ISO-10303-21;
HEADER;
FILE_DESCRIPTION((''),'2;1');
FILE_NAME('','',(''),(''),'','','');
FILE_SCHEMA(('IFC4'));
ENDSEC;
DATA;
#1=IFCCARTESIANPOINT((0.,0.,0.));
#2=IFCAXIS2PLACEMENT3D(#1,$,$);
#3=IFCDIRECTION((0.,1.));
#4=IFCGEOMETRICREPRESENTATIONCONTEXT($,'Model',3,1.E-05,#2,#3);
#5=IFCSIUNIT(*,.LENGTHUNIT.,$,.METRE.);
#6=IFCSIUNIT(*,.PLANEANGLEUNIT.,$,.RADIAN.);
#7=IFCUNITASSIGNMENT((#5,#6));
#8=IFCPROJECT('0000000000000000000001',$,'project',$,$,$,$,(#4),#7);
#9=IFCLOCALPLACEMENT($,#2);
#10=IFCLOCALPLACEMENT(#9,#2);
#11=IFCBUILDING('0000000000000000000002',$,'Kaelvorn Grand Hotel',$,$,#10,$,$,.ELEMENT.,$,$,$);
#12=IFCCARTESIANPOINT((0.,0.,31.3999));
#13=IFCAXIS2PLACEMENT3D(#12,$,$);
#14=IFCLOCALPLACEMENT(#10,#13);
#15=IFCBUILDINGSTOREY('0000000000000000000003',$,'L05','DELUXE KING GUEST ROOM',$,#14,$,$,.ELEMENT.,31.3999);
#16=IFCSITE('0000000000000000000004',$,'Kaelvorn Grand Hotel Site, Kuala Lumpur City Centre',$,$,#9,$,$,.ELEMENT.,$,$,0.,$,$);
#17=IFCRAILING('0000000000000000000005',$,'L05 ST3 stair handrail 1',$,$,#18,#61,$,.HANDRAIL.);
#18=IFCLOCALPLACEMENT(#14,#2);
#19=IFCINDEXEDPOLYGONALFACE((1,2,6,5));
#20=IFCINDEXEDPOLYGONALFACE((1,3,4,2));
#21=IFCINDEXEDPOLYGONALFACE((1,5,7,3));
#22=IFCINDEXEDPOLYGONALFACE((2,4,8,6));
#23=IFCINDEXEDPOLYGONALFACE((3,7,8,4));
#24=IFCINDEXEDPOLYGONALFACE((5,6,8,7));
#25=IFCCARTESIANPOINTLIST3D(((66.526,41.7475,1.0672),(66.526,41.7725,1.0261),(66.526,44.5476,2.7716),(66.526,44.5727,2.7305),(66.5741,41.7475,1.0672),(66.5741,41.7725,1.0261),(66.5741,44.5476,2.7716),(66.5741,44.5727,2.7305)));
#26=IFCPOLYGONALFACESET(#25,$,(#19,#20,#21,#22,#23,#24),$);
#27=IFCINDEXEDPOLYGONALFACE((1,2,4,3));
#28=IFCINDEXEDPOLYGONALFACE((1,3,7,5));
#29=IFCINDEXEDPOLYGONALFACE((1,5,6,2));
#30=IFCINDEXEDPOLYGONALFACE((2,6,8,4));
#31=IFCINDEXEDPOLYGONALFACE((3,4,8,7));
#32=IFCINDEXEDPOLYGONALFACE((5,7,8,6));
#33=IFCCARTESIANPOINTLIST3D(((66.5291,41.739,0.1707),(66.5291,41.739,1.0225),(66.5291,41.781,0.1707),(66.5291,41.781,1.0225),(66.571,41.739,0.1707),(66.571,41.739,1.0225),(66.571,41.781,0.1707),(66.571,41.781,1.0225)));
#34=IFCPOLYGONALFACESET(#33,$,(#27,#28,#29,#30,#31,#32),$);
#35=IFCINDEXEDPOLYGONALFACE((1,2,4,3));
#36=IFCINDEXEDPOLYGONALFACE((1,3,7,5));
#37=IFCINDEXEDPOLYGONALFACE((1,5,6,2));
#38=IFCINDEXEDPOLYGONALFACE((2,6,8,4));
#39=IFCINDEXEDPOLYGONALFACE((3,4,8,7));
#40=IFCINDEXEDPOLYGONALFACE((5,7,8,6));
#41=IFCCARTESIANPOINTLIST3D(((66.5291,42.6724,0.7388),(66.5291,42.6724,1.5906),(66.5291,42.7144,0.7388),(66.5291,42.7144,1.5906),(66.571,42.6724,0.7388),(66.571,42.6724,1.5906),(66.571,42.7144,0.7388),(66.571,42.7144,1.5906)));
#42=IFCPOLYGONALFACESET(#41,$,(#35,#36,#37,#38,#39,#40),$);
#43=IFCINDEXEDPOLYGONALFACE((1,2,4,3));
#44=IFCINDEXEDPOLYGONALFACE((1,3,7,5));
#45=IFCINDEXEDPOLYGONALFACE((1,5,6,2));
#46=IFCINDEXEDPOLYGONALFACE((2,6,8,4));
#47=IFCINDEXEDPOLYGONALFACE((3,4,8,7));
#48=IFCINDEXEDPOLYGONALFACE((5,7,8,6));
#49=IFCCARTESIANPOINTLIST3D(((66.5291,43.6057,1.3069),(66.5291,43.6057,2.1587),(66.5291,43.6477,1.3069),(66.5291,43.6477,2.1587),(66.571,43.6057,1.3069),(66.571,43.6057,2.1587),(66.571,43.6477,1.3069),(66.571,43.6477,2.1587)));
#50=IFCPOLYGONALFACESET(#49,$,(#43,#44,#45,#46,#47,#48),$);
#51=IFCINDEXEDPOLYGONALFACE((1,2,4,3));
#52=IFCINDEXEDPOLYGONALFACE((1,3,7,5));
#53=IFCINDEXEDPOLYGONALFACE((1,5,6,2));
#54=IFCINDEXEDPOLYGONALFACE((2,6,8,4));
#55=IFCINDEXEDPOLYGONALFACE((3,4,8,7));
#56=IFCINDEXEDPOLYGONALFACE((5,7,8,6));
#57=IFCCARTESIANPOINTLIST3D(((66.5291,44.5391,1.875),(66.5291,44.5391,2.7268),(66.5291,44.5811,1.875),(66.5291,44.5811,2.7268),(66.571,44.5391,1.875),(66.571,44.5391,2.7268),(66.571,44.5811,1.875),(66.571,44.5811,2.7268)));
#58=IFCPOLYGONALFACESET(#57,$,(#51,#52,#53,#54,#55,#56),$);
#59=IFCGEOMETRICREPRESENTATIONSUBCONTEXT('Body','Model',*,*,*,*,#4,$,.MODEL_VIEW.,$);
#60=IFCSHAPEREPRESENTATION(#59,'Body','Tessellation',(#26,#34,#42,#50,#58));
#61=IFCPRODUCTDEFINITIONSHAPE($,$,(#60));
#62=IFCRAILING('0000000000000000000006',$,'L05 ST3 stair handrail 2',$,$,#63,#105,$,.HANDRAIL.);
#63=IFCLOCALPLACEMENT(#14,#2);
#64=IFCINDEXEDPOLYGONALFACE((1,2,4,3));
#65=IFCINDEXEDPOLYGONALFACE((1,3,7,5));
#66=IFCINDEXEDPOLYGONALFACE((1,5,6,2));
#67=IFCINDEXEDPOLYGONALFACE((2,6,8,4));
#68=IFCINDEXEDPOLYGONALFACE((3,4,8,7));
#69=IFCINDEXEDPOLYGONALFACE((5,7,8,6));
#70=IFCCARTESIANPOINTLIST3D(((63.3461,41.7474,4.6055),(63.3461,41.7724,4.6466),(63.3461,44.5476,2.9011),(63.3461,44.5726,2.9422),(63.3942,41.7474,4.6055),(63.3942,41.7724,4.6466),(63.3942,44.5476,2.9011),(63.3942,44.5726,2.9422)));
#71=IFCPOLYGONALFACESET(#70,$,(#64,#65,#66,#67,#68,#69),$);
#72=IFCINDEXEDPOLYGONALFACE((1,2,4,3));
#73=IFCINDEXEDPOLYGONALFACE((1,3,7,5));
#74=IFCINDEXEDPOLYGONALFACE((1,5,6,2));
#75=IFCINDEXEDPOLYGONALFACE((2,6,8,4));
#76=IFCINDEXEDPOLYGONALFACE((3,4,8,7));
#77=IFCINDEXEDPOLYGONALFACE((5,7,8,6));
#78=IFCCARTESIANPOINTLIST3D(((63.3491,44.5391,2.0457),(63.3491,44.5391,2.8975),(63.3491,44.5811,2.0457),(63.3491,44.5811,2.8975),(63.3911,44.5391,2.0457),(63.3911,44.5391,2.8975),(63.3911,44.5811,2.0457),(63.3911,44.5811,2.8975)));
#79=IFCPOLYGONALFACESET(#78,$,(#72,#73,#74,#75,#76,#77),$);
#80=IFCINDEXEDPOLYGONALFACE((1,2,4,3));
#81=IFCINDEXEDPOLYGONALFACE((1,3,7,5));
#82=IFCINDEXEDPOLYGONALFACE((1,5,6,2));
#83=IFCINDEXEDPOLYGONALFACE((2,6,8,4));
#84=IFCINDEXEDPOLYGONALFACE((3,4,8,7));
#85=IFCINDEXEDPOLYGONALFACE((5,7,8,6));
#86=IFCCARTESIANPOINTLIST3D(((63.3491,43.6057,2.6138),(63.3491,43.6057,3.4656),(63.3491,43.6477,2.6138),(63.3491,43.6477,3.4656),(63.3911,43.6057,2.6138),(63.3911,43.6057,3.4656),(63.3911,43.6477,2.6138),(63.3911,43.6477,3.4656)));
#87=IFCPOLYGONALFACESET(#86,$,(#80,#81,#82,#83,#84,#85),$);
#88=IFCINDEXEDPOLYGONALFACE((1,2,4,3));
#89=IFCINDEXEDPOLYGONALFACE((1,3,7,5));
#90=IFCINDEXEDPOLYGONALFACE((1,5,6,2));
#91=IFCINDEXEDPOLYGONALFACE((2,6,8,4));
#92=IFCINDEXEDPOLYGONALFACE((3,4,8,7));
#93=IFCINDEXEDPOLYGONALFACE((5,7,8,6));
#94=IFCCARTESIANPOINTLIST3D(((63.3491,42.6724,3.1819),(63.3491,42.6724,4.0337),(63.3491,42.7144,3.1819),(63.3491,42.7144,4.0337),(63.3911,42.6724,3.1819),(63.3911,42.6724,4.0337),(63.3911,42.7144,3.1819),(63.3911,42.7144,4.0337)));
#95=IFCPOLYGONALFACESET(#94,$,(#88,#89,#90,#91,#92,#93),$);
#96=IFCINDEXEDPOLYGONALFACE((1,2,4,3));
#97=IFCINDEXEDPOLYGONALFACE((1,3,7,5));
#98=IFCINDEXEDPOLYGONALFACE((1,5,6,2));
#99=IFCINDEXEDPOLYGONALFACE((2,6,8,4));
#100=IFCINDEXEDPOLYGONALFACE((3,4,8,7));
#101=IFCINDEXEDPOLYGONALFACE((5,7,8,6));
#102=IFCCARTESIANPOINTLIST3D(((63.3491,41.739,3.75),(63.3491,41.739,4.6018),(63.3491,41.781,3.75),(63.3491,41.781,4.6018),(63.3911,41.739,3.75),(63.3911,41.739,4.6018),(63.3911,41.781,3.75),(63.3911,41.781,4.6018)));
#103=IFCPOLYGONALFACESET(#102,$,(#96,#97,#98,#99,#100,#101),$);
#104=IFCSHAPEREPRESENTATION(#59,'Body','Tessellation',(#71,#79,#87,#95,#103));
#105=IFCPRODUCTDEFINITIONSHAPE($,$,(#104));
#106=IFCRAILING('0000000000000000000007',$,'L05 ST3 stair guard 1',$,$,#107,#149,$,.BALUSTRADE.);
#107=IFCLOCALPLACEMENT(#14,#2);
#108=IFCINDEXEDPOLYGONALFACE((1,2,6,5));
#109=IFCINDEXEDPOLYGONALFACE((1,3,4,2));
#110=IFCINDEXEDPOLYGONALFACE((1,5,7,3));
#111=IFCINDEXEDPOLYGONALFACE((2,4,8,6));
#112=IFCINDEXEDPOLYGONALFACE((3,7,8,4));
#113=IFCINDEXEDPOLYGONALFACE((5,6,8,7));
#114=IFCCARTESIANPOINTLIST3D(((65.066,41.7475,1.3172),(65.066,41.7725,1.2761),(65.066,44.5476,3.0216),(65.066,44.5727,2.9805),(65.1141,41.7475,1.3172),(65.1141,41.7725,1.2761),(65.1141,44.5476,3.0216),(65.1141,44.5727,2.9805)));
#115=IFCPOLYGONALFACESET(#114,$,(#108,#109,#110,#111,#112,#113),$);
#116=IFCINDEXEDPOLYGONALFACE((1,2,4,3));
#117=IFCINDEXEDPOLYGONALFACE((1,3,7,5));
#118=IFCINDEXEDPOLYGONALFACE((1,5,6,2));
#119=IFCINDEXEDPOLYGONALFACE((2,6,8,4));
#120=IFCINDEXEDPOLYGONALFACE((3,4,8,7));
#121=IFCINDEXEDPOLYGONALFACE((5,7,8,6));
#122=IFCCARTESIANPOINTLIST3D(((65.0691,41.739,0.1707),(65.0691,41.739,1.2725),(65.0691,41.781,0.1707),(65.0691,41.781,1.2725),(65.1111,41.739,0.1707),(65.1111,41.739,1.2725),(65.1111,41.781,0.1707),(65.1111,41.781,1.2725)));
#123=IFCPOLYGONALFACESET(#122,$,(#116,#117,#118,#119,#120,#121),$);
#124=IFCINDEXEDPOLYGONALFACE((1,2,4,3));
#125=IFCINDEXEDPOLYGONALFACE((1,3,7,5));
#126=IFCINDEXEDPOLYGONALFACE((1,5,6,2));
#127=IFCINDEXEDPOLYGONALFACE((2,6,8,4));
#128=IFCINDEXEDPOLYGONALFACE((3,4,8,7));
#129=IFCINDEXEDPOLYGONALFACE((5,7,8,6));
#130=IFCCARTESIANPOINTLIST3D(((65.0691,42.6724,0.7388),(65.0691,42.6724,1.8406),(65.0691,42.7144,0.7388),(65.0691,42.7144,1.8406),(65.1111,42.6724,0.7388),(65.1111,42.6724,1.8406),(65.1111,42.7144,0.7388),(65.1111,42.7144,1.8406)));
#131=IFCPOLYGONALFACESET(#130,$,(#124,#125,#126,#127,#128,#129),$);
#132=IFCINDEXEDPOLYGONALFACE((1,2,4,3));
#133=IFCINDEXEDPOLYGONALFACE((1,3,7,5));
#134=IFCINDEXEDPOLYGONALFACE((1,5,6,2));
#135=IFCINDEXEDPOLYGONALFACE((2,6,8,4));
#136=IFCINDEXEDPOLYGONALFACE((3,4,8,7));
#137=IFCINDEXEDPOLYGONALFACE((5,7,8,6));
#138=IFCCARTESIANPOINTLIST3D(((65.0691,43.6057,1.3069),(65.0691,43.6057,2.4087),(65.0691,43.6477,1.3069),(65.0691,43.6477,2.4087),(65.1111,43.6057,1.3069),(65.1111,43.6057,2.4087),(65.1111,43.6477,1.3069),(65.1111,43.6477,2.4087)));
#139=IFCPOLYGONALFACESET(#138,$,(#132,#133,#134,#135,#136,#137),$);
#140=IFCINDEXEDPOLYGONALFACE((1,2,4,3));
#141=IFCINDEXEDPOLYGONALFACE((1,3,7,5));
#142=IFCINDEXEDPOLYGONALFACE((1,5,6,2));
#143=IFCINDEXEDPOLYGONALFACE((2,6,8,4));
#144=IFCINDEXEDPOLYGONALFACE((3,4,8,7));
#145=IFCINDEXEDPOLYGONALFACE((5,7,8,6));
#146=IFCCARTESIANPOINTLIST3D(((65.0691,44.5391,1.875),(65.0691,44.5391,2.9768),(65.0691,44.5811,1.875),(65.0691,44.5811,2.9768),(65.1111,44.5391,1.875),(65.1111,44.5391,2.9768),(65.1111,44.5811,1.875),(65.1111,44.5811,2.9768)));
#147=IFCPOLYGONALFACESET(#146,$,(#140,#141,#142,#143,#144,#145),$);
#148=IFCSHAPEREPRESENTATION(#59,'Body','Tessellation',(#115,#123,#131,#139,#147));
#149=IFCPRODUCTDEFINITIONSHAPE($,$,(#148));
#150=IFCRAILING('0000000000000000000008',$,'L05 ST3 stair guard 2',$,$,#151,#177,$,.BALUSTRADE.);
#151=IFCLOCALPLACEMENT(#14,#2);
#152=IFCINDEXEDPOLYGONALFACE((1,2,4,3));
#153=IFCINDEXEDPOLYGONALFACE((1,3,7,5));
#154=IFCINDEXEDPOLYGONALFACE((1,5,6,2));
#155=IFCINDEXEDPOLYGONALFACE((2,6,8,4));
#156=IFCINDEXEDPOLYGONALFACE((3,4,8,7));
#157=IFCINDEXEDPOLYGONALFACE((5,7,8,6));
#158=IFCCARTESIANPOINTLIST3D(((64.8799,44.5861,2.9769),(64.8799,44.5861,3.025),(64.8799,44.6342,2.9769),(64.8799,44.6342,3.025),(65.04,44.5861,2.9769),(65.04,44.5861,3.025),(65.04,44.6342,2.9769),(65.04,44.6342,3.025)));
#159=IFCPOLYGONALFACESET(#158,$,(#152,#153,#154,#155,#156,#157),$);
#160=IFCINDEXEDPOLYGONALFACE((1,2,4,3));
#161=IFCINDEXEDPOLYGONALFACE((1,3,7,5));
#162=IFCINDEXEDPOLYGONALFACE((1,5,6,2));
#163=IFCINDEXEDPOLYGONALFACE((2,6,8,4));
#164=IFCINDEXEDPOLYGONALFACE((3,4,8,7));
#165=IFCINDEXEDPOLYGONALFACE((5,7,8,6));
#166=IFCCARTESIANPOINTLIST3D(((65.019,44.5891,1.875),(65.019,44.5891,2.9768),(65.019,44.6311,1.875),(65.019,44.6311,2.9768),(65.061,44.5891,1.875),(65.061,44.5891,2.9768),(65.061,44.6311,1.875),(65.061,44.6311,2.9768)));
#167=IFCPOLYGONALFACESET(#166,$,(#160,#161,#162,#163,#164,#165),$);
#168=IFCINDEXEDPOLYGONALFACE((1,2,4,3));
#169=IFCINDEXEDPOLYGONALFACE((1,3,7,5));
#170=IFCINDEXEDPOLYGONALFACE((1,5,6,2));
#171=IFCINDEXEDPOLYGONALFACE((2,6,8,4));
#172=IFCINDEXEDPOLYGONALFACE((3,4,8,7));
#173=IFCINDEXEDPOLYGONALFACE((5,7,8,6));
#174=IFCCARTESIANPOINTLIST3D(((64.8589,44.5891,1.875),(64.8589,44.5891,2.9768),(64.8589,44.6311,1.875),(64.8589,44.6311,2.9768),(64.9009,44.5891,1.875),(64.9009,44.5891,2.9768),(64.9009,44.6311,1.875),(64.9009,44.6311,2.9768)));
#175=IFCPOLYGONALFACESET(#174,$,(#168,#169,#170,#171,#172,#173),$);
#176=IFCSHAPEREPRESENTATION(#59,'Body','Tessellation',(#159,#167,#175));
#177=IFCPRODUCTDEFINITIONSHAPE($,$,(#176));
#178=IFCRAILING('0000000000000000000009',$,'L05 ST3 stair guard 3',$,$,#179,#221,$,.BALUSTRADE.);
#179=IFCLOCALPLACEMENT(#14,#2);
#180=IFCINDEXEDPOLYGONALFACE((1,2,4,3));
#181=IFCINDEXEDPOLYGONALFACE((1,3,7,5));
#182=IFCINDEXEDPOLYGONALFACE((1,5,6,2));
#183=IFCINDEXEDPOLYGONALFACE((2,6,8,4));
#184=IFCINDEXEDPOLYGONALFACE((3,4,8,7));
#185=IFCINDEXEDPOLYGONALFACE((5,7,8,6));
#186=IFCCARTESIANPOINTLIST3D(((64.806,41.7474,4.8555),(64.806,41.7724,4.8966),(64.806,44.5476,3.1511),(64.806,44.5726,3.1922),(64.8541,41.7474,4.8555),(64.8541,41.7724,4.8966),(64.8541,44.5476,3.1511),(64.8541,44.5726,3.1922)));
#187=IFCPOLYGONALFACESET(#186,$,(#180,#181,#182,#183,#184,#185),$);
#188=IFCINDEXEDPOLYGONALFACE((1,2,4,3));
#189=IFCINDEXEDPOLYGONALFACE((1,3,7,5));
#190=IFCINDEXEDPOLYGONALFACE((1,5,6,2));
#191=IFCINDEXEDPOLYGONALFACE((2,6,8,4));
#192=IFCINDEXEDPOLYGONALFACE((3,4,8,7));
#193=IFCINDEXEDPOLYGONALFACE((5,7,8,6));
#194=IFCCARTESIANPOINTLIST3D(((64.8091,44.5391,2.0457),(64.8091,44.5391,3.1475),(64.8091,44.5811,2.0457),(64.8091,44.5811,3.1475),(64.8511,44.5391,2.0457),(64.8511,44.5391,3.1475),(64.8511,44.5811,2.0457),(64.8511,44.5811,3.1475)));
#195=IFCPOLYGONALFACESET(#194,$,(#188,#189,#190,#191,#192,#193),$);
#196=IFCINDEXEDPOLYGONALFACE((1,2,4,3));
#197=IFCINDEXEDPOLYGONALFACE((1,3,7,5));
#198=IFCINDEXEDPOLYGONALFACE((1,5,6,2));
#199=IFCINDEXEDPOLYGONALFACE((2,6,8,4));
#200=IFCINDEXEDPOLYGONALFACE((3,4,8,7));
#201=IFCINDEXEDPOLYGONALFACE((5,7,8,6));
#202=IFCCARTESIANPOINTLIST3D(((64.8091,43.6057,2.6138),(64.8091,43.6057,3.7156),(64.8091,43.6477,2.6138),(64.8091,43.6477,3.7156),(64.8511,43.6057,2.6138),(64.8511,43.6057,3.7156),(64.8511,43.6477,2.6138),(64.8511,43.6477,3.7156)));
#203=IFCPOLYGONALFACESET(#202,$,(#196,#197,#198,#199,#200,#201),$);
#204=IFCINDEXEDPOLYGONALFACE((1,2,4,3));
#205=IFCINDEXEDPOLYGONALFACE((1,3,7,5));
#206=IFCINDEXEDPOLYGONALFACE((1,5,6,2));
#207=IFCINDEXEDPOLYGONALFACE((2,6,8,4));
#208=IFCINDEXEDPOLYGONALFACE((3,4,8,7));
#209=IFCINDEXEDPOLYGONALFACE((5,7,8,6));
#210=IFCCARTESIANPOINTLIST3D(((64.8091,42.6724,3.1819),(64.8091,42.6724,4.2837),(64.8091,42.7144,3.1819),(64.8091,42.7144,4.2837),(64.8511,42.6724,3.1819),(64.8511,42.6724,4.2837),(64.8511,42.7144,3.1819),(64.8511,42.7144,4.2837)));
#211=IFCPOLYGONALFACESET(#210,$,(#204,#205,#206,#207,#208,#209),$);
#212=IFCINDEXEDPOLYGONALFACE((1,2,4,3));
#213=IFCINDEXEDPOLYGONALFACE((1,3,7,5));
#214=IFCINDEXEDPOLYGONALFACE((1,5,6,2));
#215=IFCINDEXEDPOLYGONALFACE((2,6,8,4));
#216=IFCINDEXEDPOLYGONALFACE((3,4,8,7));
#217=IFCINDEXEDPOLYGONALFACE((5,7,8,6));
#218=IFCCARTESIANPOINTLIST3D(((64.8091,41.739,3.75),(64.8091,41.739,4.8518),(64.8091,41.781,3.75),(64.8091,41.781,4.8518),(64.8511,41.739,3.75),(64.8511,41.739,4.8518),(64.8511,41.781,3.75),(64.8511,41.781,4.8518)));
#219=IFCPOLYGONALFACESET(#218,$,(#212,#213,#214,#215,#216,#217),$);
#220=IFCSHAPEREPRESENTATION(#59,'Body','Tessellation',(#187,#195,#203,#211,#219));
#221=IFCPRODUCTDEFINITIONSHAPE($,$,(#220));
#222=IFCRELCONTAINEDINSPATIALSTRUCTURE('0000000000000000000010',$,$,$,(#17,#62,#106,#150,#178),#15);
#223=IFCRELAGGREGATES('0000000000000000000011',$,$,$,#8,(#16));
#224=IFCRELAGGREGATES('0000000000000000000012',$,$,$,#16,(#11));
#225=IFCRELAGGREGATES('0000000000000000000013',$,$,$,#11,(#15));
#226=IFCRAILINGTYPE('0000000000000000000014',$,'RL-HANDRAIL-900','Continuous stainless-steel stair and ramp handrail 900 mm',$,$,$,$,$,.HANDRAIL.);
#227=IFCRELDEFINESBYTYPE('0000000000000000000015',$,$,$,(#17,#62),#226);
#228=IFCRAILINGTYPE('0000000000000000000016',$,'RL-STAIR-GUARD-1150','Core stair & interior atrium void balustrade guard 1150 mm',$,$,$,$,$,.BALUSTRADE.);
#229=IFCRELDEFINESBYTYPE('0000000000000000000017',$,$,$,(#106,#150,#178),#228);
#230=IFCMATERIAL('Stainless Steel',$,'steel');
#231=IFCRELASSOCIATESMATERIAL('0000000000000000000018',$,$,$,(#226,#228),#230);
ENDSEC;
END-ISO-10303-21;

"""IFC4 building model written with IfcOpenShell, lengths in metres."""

from ifc_helpers import new_model, si_unit, direction, frame, origin, origin_2d, place, context, subcontext, project, spatial, rectangle, extrude, material, type_object, element, save


model = new_model("IFC4")

# Units and contexts
model_context = context("Model", 3, precision=1e-05, world=origin(), true_north=direction((0.0, 1.0)))
body_context = subcontext(model_context, "Body", "Model", "MODEL_VIEW")
ifc_project = project(units=[si_unit("LENGTHUNIT", "METRE"), si_unit("PLANEANGLEUNIT", "RADIAN")], contexts=[model_context])

# Site, building, storey
site_placement = place(None, origin())
site = spatial("IfcSite", under=ifc_project, at=site_placement, Name="Kaelvorn Grand Hotel Site, Kuala Lumpur City Centre", CompositionType="ELEMENT", RefElevation=0.0)
building_placement = place(site_placement, origin())
building = spatial("IfcBuilding", under=site, at=building_placement, Name="Kaelvorn Grand Hotel", CompositionType="ELEMENT")
storey_placement = place(building_placement, frame((0.0, 0.0, 31.3999)))
storey = spatial("IfcBuildingStorey", under=building, at=storey_placement, Name="L05", Description="DELUXE KING GUEST ROOM", CompositionType="ELEMENT", Elevation=31.3999)

# Shared definitions
ifc_material_1 = material(Name="Stainless Steel", Category="steel")

# Railings
railing_type_1 = type_object("IfcRailingType", Name="RL-HANDRAIL-900", Description="Continuous stainless-steel stair and ramp handrail 900 mm", PredefinedType="HANDRAIL", material=ifc_material_1)
railing_1_placement = place(storey_placement, frame((66.55, 41.76, 0.1707)))
element("IfcRailing", 1, at=railing_1_placement, inside=storey, type_object=railing_type_1, Name="L05 ST3 stair handrail 1", PredefinedType="HANDRAIL", context=body_context, shape_type="SweptSolid", body=[
    extrude(rectangle(XDim=0.0481, YDim=0.0481, at=origin_2d()), frame((0.0, 0.0, 0.876), z_axis=(0.0, 0.854203, 0.51994), x_axis=(-1.0, 0.0, 0.0)), (0.0, 0.0, 1.0), 3.2781),
    extrude(rectangle(XDim=0.042, YDim=0.042, at=origin_2d()), origin(), (0.0, 0.0, 1.0), 0.8518),
    extrude(rectangle(XDim=0.042, YDim=0.042, at=origin_2d()), frame((0.0, 0.9333, 0.5681)), (0.0, 0.0, 1.0), 0.8518),
    extrude(rectangle(XDim=0.042, YDim=0.042, at=origin_2d()), frame((0.0, 1.8667, 1.1362)), (0.0, 0.0, 1.0), 0.8518),
    extrude(rectangle(XDim=0.042, YDim=0.042, at=origin_2d()), frame((0.0, 2.8, 1.7043)), (0.0, 0.0, 1.0), 0.8518),
])
railing_2_placement = place(storey_placement, frame((63.3701, 44.5601, 2.0457)))
element("IfcRailing", 2, at=railing_2_placement, inside=storey, type_object=railing_type_1, Name="L05 ST3 stair handrail 2", PredefinedType="HANDRAIL", context=body_context, shape_type="SweptSolid", body=[
    extrude(rectangle(XDim=0.0481, YDim=0.0481, at=origin_2d()), frame((0.0, 0.0, 0.876), z_axis=(0.0, -0.854203, 0.51994), x_axis=(1.0, 0.0, 0.0)), (0.0, 0.0, 1.0), 3.2781),
    extrude(rectangle(XDim=0.042, YDim=0.042, at=origin_2d()), origin(), (0.0, 0.0, 1.0), 0.8518),
    extrude(rectangle(XDim=0.042, YDim=0.042, at=origin_2d()), frame((0.0, -0.9333, 0.5681)), (0.0, 0.0, 1.0), 0.8518),
    extrude(rectangle(XDim=0.042, YDim=0.042, at=origin_2d()), frame((0.0, -1.8667, 1.1362)), (0.0, 0.0, 1.0), 0.8518),
    extrude(rectangle(XDim=0.042, YDim=0.042, at=origin_2d()), frame((0.0, -2.8, 1.7043)), (0.0, 0.0, 1.0), 0.8518),
])
railing_type_2 = type_object("IfcRailingType", Name="RL-STAIR-GUARD-1150", Description="Core stair & interior atrium void balustrade guard 1150 mm", PredefinedType="BALUSTRADE", material=ifc_material_1)
railing_3_placement = place(storey_placement, frame((65.0901, 41.76, 0.1707)))
element("IfcRailing", 3, at=railing_3_placement, inside=storey, type_object=railing_type_2, Name="L05 ST3 stair guard 1", PredefinedType="BALUSTRADE", context=body_context, shape_type="SweptSolid", body=[
    extrude(rectangle(XDim=0.0481, YDim=0.0481, at=origin_2d()), frame((0.0, 0.0, 1.126), z_axis=(0.0, 0.854203, 0.51994), x_axis=(-1.0, 0.0, 0.0)), (0.0, 0.0, 1.0), 3.2781),
    extrude(rectangle(XDim=0.042, YDim=0.042, at=origin_2d()), origin(), (0.0, 0.0, 1.0), 1.1018),
    extrude(rectangle(XDim=0.042, YDim=0.042, at=origin_2d()), frame((0.0, 0.9333, 0.5681)), (0.0, 0.0, 1.0), 1.1018),
    extrude(rectangle(XDim=0.042, YDim=0.042, at=origin_2d()), frame((0.0, 1.8667, 1.1362)), (0.0, 0.0, 1.0), 1.1018),
    extrude(rectangle(XDim=0.042, YDim=0.042, at=origin_2d()), frame((0.0, 2.8, 1.7043)), (0.0, 0.0, 1.0), 1.1018),
])
railing_4_placement = place(storey_placement, frame((65.04, 44.6101, 1.875)))
element("IfcRailing", 4, at=railing_4_placement, inside=storey, type_object=railing_type_2, Name="L05 ST3 stair guard 2", PredefinedType="BALUSTRADE", context=body_context, shape_type="SweptSolid", body=[
    extrude(rectangle(XDim=0.0481, YDim=0.0481, at=origin_2d()), frame((0.0, 0.0, 1.126), z_axis=(-1.0, 0.0, 0.0), x_axis=(0.0, -1.0, 0.0)), (0.0, 0.0, 1.0), 0.1602),
    extrude(rectangle(XDim=0.042, YDim=0.042, at=origin_2d()), origin(), (0.0, 0.0, 1.0), 1.1018),
    extrude(rectangle(XDim=0.042, YDim=0.042, at=origin_2d()), frame((-0.1602, 0.0, 0.0)), (0.0, 0.0, 1.0), 1.1018),
])
railing_5_placement = place(storey_placement, frame((64.8301, 44.5601, 2.0457)))
element("IfcRailing", 5, at=railing_5_placement, inside=storey, type_object=railing_type_2, Name="L05 ST3 stair guard 3", PredefinedType="BALUSTRADE", context=body_context, shape_type="SweptSolid", body=[
    extrude(rectangle(XDim=0.0481, YDim=0.0481, at=origin_2d()), frame((0.0, 0.0, 1.126), z_axis=(0.0, -0.854203, 0.51994), x_axis=(1.0, 0.0, 0.0)), (0.0, 0.0, 1.0), 3.2781),
    extrude(rectangle(XDim=0.042, YDim=0.042, at=origin_2d()), origin(), (0.0, 0.0, 1.0), 1.1018),
    extrude(rectangle(XDim=0.042, YDim=0.042, at=origin_2d()), frame((0.0, -0.9333, 0.5681)), (0.0, 0.0, 1.0), 1.1018),
    extrude(rectangle(XDim=0.042, YDim=0.042, at=origin_2d()), frame((0.0, -1.8667, 1.1362)), (0.0, 0.0, 1.0), 1.1018),
    extrude(rectangle(XDim=0.042, YDim=0.042, at=origin_2d()), frame((0.0, -2.8, 1.7043)), (0.0, 0.0, 1.0), 1.1018),
])

save(model, "model.ifc")
